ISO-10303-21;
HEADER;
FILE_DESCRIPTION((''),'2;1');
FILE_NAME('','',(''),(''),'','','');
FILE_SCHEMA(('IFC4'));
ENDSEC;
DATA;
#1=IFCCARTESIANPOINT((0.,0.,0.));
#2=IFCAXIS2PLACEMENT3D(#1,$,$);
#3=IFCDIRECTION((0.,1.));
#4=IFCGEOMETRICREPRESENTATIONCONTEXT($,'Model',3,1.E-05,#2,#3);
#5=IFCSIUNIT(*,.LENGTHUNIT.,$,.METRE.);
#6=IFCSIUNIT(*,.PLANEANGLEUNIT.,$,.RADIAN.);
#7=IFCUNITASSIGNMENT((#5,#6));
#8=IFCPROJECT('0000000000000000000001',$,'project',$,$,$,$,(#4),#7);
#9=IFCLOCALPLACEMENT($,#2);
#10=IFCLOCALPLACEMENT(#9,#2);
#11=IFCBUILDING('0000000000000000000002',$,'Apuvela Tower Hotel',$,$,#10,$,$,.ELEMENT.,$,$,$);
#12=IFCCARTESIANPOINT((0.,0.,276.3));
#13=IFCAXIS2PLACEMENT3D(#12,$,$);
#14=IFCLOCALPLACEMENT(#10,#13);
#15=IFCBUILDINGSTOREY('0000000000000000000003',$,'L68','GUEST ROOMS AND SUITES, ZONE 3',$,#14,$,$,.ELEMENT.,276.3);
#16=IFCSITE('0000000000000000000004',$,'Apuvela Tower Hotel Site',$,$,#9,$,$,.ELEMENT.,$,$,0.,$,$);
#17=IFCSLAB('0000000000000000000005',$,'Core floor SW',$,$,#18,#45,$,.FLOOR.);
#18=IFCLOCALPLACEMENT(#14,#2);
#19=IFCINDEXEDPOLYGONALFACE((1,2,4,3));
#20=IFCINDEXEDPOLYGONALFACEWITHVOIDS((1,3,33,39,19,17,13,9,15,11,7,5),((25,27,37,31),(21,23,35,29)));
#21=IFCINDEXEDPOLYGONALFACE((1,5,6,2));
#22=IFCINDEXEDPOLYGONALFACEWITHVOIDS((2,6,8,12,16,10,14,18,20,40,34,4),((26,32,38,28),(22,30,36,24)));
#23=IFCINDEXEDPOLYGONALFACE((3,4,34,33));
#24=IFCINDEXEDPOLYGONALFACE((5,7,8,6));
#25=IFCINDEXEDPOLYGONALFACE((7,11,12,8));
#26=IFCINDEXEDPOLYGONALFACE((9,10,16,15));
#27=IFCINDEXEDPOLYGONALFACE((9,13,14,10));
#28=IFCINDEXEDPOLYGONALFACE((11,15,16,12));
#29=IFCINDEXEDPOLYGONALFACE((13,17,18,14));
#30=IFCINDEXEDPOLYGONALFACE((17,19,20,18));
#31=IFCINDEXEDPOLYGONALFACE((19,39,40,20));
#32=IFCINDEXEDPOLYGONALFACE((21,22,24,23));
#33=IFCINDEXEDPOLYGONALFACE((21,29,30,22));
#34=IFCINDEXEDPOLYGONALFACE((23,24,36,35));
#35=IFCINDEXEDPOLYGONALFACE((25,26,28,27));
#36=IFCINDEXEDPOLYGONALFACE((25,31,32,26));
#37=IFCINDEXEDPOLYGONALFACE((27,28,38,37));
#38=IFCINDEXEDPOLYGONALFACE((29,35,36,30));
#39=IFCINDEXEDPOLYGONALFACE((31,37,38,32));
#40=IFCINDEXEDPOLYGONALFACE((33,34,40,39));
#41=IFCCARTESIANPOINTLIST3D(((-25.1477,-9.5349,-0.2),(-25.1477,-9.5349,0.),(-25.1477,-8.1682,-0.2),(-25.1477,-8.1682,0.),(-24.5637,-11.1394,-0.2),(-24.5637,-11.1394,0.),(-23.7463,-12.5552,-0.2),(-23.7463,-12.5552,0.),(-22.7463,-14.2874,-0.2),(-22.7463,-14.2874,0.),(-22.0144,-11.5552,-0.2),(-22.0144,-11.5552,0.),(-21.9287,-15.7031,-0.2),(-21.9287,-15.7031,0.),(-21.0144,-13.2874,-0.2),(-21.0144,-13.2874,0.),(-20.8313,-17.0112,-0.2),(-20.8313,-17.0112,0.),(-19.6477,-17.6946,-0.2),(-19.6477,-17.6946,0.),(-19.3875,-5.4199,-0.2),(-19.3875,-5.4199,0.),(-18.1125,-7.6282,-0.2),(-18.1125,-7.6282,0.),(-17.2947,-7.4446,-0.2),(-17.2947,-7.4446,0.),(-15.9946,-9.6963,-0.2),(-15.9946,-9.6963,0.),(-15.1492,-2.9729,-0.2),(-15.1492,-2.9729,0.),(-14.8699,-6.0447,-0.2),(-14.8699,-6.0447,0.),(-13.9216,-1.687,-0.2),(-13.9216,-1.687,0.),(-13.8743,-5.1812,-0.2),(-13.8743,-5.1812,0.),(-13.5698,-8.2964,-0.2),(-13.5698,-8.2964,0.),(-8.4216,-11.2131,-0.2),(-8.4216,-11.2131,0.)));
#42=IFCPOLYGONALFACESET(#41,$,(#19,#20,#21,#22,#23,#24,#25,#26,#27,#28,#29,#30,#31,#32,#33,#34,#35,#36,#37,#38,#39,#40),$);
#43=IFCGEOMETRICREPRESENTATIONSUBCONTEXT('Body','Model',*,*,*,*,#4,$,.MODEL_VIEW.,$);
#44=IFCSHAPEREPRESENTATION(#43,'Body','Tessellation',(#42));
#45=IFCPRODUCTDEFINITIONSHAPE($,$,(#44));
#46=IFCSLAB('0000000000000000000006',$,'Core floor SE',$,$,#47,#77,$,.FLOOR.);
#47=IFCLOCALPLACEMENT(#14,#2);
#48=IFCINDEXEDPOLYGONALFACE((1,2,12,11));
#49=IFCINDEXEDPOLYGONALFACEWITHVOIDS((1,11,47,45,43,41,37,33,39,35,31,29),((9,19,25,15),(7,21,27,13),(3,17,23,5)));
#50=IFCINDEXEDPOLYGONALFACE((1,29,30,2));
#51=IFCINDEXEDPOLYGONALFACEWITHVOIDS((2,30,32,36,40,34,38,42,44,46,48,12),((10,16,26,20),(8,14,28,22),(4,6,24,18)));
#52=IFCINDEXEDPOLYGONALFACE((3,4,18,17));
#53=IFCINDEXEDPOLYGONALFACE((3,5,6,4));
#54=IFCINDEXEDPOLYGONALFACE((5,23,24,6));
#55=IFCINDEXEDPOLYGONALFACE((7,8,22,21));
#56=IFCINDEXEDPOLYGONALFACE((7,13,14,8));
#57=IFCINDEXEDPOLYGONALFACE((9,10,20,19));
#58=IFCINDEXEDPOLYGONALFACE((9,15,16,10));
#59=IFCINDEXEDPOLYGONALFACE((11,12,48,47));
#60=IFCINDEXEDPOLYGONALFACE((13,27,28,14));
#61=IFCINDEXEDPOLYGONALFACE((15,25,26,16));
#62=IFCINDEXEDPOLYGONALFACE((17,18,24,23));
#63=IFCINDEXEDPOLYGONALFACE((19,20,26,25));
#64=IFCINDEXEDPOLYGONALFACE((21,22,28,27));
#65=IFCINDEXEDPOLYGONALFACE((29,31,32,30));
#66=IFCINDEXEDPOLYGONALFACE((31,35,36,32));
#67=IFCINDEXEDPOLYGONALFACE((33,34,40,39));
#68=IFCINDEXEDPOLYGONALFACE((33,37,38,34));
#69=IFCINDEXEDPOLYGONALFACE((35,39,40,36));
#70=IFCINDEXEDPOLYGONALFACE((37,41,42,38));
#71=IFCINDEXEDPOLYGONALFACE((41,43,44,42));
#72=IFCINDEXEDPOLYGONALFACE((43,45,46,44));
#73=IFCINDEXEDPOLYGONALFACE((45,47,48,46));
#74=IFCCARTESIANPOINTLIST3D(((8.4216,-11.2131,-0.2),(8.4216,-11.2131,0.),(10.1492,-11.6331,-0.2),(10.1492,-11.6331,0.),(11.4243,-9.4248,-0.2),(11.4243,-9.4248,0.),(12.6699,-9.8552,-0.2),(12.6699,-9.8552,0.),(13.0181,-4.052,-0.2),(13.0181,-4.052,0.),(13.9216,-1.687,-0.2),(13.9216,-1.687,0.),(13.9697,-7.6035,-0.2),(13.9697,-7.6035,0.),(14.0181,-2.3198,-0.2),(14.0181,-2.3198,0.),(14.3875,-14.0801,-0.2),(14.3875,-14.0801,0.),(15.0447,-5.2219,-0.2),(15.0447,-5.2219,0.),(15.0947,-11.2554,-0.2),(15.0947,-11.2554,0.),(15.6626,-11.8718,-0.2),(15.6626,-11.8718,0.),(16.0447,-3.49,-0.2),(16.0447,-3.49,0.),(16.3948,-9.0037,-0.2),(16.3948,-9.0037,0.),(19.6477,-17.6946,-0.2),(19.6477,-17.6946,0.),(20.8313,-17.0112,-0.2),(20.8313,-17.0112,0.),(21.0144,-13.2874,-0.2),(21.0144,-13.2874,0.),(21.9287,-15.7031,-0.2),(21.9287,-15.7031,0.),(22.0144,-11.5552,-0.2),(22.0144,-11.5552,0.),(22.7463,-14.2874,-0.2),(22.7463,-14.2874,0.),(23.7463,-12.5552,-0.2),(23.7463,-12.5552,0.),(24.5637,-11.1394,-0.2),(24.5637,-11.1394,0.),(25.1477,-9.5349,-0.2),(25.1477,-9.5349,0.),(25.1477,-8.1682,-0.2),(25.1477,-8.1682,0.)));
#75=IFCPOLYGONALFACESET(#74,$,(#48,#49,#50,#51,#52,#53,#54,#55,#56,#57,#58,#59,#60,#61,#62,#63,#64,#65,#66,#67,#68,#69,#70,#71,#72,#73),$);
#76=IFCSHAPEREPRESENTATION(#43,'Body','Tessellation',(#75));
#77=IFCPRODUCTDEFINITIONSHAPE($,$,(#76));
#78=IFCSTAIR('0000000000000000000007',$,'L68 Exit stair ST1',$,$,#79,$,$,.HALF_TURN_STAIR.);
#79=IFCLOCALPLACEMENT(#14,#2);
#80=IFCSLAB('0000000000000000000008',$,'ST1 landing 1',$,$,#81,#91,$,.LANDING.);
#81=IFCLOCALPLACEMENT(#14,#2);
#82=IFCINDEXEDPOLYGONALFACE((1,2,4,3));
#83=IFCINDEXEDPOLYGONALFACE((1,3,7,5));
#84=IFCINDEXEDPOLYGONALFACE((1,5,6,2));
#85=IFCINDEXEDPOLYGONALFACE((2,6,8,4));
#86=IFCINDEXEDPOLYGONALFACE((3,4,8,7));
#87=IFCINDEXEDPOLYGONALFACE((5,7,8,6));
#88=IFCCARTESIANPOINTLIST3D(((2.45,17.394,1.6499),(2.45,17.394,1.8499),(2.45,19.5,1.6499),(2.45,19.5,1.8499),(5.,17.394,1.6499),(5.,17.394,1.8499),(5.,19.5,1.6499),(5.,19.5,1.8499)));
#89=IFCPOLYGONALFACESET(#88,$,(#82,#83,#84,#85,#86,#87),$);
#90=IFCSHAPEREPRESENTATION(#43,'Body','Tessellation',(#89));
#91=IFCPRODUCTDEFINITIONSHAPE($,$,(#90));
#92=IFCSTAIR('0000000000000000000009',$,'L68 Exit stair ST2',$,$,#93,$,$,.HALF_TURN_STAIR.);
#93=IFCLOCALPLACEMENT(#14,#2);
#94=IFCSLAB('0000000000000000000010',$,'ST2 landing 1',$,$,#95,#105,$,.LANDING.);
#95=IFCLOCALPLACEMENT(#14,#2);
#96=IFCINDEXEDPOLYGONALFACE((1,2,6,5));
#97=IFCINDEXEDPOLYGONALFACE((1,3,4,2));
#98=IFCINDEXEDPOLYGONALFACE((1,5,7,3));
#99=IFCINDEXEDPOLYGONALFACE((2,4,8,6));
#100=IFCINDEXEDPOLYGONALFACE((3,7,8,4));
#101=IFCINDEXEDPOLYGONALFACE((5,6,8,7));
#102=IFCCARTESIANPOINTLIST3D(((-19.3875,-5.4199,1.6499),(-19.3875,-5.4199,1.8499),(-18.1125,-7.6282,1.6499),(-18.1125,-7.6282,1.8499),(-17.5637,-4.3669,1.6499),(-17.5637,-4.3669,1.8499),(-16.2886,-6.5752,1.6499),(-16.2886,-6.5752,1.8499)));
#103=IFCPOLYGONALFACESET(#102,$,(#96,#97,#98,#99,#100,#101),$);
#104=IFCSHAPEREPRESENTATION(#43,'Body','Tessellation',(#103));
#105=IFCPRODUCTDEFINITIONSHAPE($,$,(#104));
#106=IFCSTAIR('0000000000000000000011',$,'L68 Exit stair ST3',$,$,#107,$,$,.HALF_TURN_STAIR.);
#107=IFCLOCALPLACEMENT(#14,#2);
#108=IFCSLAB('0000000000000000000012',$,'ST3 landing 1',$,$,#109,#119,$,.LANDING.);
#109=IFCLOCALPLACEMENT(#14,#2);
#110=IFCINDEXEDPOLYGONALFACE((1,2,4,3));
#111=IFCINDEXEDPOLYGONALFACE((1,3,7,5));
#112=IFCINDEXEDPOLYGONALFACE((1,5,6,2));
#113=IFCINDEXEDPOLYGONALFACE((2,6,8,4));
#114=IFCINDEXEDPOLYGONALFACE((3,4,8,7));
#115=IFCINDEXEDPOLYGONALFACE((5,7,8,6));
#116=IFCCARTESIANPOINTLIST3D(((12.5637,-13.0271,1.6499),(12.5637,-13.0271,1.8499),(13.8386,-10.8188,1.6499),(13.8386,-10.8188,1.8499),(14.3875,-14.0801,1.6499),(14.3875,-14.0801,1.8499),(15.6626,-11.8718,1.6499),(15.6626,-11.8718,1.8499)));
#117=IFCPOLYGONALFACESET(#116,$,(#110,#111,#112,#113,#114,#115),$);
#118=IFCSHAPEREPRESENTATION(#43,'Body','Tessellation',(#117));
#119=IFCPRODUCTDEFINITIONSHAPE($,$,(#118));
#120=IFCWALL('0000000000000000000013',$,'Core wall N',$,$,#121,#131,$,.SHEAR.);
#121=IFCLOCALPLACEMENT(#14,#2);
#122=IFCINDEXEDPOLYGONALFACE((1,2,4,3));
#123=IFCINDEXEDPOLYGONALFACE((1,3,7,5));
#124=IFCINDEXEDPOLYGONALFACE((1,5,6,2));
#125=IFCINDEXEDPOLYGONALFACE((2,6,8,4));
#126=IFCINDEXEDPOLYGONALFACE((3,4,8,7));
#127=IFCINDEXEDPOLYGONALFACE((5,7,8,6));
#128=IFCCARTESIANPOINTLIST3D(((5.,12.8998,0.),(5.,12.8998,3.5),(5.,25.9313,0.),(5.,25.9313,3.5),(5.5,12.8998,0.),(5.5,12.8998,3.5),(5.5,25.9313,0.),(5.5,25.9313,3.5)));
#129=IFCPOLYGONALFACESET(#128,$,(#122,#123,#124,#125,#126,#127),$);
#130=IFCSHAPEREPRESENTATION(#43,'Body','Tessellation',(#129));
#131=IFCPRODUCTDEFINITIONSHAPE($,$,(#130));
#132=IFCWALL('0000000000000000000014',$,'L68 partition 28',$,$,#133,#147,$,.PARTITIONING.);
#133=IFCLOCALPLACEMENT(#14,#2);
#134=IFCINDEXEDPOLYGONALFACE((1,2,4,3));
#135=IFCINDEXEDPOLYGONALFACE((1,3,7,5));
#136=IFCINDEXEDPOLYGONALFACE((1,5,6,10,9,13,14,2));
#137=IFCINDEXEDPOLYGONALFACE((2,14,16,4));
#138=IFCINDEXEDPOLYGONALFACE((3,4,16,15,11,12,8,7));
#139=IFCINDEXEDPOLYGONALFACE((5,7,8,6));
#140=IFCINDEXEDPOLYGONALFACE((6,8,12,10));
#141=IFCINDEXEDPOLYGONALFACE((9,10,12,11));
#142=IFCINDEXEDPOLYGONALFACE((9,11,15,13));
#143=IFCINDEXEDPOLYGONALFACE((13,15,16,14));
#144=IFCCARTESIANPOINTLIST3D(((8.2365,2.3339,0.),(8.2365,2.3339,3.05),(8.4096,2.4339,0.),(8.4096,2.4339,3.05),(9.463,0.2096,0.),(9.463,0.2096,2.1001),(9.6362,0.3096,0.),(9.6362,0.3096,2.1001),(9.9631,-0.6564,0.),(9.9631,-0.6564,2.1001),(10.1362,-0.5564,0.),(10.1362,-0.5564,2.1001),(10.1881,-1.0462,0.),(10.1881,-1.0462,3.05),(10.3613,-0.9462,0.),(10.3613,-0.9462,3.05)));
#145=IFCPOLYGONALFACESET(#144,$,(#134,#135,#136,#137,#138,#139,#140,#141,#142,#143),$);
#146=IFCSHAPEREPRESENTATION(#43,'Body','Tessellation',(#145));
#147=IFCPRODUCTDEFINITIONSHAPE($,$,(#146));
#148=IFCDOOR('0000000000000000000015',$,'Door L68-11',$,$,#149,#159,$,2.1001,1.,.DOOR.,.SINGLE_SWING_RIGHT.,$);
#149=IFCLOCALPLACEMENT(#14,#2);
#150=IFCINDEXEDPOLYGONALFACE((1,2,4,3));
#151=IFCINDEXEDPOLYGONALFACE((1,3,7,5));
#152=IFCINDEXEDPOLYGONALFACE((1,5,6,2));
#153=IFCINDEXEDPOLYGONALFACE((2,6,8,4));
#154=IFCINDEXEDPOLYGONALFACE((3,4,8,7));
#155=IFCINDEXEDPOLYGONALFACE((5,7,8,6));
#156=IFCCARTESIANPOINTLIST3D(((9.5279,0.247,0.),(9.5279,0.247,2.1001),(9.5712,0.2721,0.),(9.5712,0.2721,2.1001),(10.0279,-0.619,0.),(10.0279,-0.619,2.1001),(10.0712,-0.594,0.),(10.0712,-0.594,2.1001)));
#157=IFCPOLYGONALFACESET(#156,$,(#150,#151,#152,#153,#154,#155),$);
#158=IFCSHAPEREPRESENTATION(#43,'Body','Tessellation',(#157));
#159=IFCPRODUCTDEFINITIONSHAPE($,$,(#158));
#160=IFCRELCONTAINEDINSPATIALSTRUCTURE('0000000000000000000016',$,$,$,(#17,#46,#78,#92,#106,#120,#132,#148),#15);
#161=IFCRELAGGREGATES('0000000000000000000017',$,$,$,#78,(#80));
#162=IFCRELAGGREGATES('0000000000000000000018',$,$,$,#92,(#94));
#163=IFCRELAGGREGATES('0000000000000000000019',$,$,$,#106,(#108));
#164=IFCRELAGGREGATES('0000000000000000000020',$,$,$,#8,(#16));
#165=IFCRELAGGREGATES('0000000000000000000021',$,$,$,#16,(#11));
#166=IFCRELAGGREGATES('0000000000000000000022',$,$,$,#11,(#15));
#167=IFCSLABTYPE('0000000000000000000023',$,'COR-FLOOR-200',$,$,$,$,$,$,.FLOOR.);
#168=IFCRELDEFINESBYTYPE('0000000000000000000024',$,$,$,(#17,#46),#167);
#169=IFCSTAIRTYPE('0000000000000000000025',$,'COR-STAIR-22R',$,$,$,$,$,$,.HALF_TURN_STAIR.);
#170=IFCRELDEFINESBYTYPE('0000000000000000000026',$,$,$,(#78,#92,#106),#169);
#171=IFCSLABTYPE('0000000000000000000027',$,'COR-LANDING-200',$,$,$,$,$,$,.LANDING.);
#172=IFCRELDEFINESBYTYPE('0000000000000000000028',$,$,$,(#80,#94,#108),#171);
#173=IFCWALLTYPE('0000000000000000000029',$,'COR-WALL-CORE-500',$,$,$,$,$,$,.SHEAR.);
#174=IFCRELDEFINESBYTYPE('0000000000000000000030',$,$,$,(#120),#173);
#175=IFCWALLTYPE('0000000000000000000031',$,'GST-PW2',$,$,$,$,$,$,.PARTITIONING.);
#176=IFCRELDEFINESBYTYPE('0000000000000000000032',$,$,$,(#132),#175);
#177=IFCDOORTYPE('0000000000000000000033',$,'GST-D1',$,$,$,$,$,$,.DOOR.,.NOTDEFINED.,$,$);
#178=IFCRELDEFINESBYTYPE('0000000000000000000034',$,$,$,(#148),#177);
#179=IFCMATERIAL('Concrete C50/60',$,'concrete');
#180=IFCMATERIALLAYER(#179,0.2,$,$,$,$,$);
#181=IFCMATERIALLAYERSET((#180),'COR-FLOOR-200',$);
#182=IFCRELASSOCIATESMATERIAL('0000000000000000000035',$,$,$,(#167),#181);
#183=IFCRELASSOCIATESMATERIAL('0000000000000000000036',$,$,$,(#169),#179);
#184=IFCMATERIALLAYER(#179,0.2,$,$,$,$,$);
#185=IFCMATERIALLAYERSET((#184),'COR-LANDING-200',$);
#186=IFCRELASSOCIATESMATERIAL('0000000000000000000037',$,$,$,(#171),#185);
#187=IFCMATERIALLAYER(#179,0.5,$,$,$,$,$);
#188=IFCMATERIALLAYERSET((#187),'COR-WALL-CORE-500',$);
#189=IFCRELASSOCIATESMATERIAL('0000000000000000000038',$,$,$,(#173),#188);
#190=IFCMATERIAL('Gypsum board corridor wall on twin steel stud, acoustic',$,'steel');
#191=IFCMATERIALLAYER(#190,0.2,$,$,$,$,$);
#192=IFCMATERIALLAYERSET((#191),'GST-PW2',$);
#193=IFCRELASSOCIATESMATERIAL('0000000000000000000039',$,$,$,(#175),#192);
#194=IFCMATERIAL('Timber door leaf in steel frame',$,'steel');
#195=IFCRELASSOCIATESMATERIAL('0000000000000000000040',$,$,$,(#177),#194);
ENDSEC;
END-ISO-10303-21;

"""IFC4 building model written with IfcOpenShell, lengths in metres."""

from ifc_helpers import new_model, si_unit, direction, frame, frame_2d, origin, place, context, subcontext, project, spatial, polyline, rectangle, outline, extrude, material, layer, layer_set, type_object, element, fill, aggregate, save


model = new_model("IFC4")

# Units and contexts
model_context = context("Model", 3, precision=1e-05, world=origin(), true_north=direction((0.0, 1.0)))
body_context = subcontext(model_context, "Body", "Model", "MODEL_VIEW")
ifc_project = project(units=[si_unit("LENGTHUNIT", "METRE"), si_unit("PLANEANGLEUNIT", "RADIAN")], contexts=[model_context])

# Site, building, storey
site_placement = place(None, origin())
site = spatial("IfcSite", under=ifc_project, at=site_placement, Name="Apuvela Tower Hotel Site", CompositionType="ELEMENT", RefElevation=0.0)
building_placement = place(site_placement, origin())
building = spatial("IfcBuilding", under=site, at=building_placement, Name="Apuvela Tower Hotel", CompositionType="ELEMENT")
storey_placement = place(building_placement, frame((0.0, 0.0, 276.3)))
storey = spatial("IfcBuildingStorey", under=building, at=storey_placement, Name="L68", Description="GUEST ROOMS AND SUITES, ZONE 3", CompositionType="ELEMENT", Elevation=276.3)

# Slabs
ifc_material_1 = material(Name="Concrete C50/60", Category="concrete")
ifc_layer_1 = layer(ifc_material_1, 0.2)
ifc_layer_set_1 = layer_set([ifc_layer_1], Name="COR-FLOOR-200")
slab_type_1 = type_object("IfcSlabType", Name="COR-FLOOR-200", PredefinedType="FLOOR", material=ifc_layer_set_1)
slab_1_placement = place(storey_placement, frame((0.0, 0.0, -0.2)))
element("IfcSlab", 1, at=slab_1_placement, inside=storey, type_object=slab_type_1, Name="Core floor SW", PredefinedType="FLOOR", context=body_context, shape_type="SweptSolid", body=[
    extrude(outline(polyline([(-25.1477, -8.1682), (-25.1477, -9.5349), (-24.5637, -11.1394), (-23.7463, -12.5552), (-22.0144, -11.5552), (-21.0144, -13.2874), (-22.7463, -14.2874), (-21.9287, -15.7031), (-20.8313, -17.0112), (-19.6477, -17.6946), (-8.4216, -11.2131), (-13.9216, -1.687), (-25.1477, -8.1682)]), holes=[polyline([(-13.8743, -5.1812), (-18.1125, -7.6282), (-19.3875, -5.4199), (-15.1492, -2.9729), (-13.8743, -5.1812)]), polyline([(-13.5698, -8.2964), (-15.9946, -9.6963), (-17.2947, -7.4446), (-14.8699, -6.0447), (-13.5698, -8.2964)])]), origin(), (0.0, 0.0, 1.0), 0.2),
])
slab_2_placement = place(storey_placement, frame((0.0, 0.0, -0.2)))
element("IfcSlab", 2, at=slab_2_placement, inside=storey, type_object=slab_type_1, Name="Core floor SE", PredefinedType="FLOOR", context=body_context, shape_type="SweptSolid", body=[
    extrude(outline(polyline([(19.6477, -17.6946), (20.8313, -17.0112), (21.9287, -15.7031), (22.7463, -14.2874), (21.0144, -13.2874), (22.0144, -11.5552), (23.7463, -12.5552), (24.5637, -11.1394), (25.1477, -9.5349), (25.1477, -8.1682), (13.9216, -1.687), (8.4216, -11.2131), (19.6477, -17.6946)]), holes=[polyline([(14.0181, -2.3198), (16.0447, -3.49), (15.0447, -5.2219), (13.0181, -4.052), (14.0181, -2.3198)]), polyline([(10.1492, -11.6331), (11.4243, -9.4248), (15.6626, -11.8718), (14.3875, -14.0801), (10.1492, -11.6331)]), polyline([(12.6699, -9.8552), (13.9697, -7.6035), (16.3948, -9.0037), (15.0947, -11.2554), (12.6699, -9.8552)])]), origin(), (0.0, 0.0, 1.0), 0.2),
])

# Stairs, slabs
stair_type = type_object("IfcStairType", Name="COR-STAIR-22R", PredefinedType="HALF_TURN_STAIR", material=ifc_material_1)
stair_1_placement = place(storey_placement, origin())
stair_1 = element("IfcStair", 3, at=stair_1_placement, inside=storey, type_object=stair_type, Name="L68 Exit stair ST1", PredefinedType="HALF_TURN_STAIR")
ifc_layer_2 = layer(ifc_material_1, 0.2)
ifc_layer_set_2 = layer_set([ifc_layer_2], Name="COR-LANDING-200")
slab_type_2 = type_object("IfcSlabType", Name="COR-LANDING-200", PredefinedType="LANDING", material=ifc_layer_set_2)
slab_3_placement = place(storey_placement, frame((0.0, 0.0, 1.6499)))
slab_3 = element("IfcSlab", 4, at=slab_3_placement, type_object=slab_type_2, Name="ST1 landing 1", PredefinedType="LANDING", context=body_context, shape_type="SweptSolid", body=[
    extrude(outline(polyline([(5.0, 17.394), (5.0, 19.5), (2.45, 19.5), (2.45, 17.394), (5.0, 17.394)])), origin(), (0.0, 0.0, 1.0), 0.2),
])
aggregate(stair_1, [slab_3])
stair_2_placement = place(storey_placement, origin())
stair_2 = element("IfcStair", 5, at=stair_2_placement, inside=storey, type_object=stair_type, Name="L68 Exit stair ST2", PredefinedType="HALF_TURN_STAIR")
slab_4_placement = place(storey_placement, frame((0.0, 0.0, 1.6499)))
slab_4 = element("IfcSlab", 6, at=slab_4_placement, type_object=slab_type_2, Name="ST2 landing 1", PredefinedType="LANDING", context=body_context, shape_type="SweptSolid", body=[
    extrude(outline(polyline([(-17.5637, -4.3669), (-19.3875, -5.4199), (-18.1125, -7.6282), (-16.2886, -6.5752), (-17.5637, -4.3669)])), origin(), (0.0, 0.0, 1.0), 0.2),
])
aggregate(stair_2, [slab_4])
stair_3_placement = place(storey_placement, origin())
stair_3 = element("IfcStair", 7, at=stair_3_placement, inside=storey, type_object=stair_type, Name="L68 Exit stair ST3", PredefinedType="HALF_TURN_STAIR")
slab_5_placement = place(storey_placement, frame((0.0, 0.0, 1.6499)))
slab_5 = element("IfcSlab", 8, at=slab_5_placement, type_object=slab_type_2, Name="ST3 landing 1", PredefinedType="LANDING", context=body_context, shape_type="SweptSolid", body=[
    extrude(outline(polyline([(12.5637, -13.0271), (14.3875, -14.0801), (15.6626, -11.8718), (13.8386, -10.8188), (12.5637, -13.0271)])), origin(), (0.0, 0.0, 1.0), 0.2),
])
aggregate(stair_3, [slab_5])

# Wall
ifc_layer_3 = layer(ifc_material_1, 0.5)
ifc_layer_set_3 = layer_set([ifc_layer_3], Name="COR-WALL-CORE-500")
wall_type_1 = type_object("IfcWallType", Name="COR-WALL-CORE-500", PredefinedType="SHEAR", material=ifc_layer_set_3)
wall_1_placement = place(storey_placement, frame((5.25, 12.8999, 0.0), z_axis=(0.0, 0.0, 1.0), x_axis=(0.0, 1.0, 0.0)))
element("IfcWall", 9, at=wall_1_placement, inside=storey, type_object=wall_type_1, Name="Core wall N", PredefinedType="SHEAR", context=body_context, shape_type="SweptSolid", body=[
    extrude(rectangle(XDim=13.0315, YDim=0.5, at=frame_2d((6.5156, 0.0))), origin(), (0.0, 0.0, 1.0), 3.5),
])

# Wall, opening, door
ifc_material_2 = material(Name="Gypsum board corridor wall on twin steel stud, acoustic", Category="steel")
ifc_layer_4 = layer(ifc_material_2, 0.2)
ifc_layer_set_4 = layer_set([ifc_layer_4], Name="GST-PW2")
wall_type_2 = type_object("IfcWallType", Name="GST-PW2", PredefinedType="PARTITIONING", material=ifc_layer_set_4)
wall_2_placement = place(storey_placement, frame((8.323, 2.384, 0.0), z_axis=(0.0, 0.0, 1.0), x_axis=(0.500027, -0.86601, 0.0)))
wall_2 = element("IfcWall", 10, at=wall_2_placement, inside=storey, type_object=wall_type_2, Name="L68 partition 28", PredefinedType="PARTITIONING", context=body_context, shape_type="SweptSolid", body=[
    extrude(rectangle(XDim=3.9031, YDim=0.2, at=frame_2d((1.9517, 0.0))), origin(), (0.0, 0.0, 1.0), 3.05),
])
opening_1_placement = place(wall_2_placement, frame((2.4531, 0.0, 0.0)))
opening_1 = element("IfcOpeningElement", 11, at=opening_1_placement, cuts=wall_2, PredefinedType="OPENING", context=body_context, shape_type="SweptSolid", body=[
    extrude(rectangle(XDim=1.0, YDim=2.1001, at=frame_2d((0.5, 1.05))), frame((0.0, 0.1099, 0.0), z_axis=(0.0, -1.0, 0.0), x_axis=(1.0, 0.0, 0.0)), (0.0, 0.0, 1.0), 0.22),
])
ifc_material_3 = material(Name="Timber door leaf in steel frame", Category="steel")
door_type_1 = type_object("IfcDoorType", Name="GST-D1", OperationType="NOTDEFINED", PredefinedType="DOOR", material=ifc_material_3)
door_1_placement = place(opening_1_placement, origin())
door_1 = element("IfcDoor", 12, at=door_1_placement, inside=storey, type_object=door_type_1, Name="Door L68-11", OperationType="SINGLE_SWING_RIGHT", OverallHeight=2.1001, OverallWidth=1.0, PredefinedType="DOOR", context=body_context, shape_type="SweptSolid", body=[
    extrude(rectangle(XDim=1.0, YDim=2.1001, at=frame_2d((0.5, 1.05))), frame((0.0, 0.0249, 0.0), z_axis=(0.0, -1.0, 0.0), x_axis=(1.0, 0.0, 0.0)), (0.0, 0.0, 1.0), 0.05),
])
fill(opening_1, door_1)

save(model, "model.ifc")
